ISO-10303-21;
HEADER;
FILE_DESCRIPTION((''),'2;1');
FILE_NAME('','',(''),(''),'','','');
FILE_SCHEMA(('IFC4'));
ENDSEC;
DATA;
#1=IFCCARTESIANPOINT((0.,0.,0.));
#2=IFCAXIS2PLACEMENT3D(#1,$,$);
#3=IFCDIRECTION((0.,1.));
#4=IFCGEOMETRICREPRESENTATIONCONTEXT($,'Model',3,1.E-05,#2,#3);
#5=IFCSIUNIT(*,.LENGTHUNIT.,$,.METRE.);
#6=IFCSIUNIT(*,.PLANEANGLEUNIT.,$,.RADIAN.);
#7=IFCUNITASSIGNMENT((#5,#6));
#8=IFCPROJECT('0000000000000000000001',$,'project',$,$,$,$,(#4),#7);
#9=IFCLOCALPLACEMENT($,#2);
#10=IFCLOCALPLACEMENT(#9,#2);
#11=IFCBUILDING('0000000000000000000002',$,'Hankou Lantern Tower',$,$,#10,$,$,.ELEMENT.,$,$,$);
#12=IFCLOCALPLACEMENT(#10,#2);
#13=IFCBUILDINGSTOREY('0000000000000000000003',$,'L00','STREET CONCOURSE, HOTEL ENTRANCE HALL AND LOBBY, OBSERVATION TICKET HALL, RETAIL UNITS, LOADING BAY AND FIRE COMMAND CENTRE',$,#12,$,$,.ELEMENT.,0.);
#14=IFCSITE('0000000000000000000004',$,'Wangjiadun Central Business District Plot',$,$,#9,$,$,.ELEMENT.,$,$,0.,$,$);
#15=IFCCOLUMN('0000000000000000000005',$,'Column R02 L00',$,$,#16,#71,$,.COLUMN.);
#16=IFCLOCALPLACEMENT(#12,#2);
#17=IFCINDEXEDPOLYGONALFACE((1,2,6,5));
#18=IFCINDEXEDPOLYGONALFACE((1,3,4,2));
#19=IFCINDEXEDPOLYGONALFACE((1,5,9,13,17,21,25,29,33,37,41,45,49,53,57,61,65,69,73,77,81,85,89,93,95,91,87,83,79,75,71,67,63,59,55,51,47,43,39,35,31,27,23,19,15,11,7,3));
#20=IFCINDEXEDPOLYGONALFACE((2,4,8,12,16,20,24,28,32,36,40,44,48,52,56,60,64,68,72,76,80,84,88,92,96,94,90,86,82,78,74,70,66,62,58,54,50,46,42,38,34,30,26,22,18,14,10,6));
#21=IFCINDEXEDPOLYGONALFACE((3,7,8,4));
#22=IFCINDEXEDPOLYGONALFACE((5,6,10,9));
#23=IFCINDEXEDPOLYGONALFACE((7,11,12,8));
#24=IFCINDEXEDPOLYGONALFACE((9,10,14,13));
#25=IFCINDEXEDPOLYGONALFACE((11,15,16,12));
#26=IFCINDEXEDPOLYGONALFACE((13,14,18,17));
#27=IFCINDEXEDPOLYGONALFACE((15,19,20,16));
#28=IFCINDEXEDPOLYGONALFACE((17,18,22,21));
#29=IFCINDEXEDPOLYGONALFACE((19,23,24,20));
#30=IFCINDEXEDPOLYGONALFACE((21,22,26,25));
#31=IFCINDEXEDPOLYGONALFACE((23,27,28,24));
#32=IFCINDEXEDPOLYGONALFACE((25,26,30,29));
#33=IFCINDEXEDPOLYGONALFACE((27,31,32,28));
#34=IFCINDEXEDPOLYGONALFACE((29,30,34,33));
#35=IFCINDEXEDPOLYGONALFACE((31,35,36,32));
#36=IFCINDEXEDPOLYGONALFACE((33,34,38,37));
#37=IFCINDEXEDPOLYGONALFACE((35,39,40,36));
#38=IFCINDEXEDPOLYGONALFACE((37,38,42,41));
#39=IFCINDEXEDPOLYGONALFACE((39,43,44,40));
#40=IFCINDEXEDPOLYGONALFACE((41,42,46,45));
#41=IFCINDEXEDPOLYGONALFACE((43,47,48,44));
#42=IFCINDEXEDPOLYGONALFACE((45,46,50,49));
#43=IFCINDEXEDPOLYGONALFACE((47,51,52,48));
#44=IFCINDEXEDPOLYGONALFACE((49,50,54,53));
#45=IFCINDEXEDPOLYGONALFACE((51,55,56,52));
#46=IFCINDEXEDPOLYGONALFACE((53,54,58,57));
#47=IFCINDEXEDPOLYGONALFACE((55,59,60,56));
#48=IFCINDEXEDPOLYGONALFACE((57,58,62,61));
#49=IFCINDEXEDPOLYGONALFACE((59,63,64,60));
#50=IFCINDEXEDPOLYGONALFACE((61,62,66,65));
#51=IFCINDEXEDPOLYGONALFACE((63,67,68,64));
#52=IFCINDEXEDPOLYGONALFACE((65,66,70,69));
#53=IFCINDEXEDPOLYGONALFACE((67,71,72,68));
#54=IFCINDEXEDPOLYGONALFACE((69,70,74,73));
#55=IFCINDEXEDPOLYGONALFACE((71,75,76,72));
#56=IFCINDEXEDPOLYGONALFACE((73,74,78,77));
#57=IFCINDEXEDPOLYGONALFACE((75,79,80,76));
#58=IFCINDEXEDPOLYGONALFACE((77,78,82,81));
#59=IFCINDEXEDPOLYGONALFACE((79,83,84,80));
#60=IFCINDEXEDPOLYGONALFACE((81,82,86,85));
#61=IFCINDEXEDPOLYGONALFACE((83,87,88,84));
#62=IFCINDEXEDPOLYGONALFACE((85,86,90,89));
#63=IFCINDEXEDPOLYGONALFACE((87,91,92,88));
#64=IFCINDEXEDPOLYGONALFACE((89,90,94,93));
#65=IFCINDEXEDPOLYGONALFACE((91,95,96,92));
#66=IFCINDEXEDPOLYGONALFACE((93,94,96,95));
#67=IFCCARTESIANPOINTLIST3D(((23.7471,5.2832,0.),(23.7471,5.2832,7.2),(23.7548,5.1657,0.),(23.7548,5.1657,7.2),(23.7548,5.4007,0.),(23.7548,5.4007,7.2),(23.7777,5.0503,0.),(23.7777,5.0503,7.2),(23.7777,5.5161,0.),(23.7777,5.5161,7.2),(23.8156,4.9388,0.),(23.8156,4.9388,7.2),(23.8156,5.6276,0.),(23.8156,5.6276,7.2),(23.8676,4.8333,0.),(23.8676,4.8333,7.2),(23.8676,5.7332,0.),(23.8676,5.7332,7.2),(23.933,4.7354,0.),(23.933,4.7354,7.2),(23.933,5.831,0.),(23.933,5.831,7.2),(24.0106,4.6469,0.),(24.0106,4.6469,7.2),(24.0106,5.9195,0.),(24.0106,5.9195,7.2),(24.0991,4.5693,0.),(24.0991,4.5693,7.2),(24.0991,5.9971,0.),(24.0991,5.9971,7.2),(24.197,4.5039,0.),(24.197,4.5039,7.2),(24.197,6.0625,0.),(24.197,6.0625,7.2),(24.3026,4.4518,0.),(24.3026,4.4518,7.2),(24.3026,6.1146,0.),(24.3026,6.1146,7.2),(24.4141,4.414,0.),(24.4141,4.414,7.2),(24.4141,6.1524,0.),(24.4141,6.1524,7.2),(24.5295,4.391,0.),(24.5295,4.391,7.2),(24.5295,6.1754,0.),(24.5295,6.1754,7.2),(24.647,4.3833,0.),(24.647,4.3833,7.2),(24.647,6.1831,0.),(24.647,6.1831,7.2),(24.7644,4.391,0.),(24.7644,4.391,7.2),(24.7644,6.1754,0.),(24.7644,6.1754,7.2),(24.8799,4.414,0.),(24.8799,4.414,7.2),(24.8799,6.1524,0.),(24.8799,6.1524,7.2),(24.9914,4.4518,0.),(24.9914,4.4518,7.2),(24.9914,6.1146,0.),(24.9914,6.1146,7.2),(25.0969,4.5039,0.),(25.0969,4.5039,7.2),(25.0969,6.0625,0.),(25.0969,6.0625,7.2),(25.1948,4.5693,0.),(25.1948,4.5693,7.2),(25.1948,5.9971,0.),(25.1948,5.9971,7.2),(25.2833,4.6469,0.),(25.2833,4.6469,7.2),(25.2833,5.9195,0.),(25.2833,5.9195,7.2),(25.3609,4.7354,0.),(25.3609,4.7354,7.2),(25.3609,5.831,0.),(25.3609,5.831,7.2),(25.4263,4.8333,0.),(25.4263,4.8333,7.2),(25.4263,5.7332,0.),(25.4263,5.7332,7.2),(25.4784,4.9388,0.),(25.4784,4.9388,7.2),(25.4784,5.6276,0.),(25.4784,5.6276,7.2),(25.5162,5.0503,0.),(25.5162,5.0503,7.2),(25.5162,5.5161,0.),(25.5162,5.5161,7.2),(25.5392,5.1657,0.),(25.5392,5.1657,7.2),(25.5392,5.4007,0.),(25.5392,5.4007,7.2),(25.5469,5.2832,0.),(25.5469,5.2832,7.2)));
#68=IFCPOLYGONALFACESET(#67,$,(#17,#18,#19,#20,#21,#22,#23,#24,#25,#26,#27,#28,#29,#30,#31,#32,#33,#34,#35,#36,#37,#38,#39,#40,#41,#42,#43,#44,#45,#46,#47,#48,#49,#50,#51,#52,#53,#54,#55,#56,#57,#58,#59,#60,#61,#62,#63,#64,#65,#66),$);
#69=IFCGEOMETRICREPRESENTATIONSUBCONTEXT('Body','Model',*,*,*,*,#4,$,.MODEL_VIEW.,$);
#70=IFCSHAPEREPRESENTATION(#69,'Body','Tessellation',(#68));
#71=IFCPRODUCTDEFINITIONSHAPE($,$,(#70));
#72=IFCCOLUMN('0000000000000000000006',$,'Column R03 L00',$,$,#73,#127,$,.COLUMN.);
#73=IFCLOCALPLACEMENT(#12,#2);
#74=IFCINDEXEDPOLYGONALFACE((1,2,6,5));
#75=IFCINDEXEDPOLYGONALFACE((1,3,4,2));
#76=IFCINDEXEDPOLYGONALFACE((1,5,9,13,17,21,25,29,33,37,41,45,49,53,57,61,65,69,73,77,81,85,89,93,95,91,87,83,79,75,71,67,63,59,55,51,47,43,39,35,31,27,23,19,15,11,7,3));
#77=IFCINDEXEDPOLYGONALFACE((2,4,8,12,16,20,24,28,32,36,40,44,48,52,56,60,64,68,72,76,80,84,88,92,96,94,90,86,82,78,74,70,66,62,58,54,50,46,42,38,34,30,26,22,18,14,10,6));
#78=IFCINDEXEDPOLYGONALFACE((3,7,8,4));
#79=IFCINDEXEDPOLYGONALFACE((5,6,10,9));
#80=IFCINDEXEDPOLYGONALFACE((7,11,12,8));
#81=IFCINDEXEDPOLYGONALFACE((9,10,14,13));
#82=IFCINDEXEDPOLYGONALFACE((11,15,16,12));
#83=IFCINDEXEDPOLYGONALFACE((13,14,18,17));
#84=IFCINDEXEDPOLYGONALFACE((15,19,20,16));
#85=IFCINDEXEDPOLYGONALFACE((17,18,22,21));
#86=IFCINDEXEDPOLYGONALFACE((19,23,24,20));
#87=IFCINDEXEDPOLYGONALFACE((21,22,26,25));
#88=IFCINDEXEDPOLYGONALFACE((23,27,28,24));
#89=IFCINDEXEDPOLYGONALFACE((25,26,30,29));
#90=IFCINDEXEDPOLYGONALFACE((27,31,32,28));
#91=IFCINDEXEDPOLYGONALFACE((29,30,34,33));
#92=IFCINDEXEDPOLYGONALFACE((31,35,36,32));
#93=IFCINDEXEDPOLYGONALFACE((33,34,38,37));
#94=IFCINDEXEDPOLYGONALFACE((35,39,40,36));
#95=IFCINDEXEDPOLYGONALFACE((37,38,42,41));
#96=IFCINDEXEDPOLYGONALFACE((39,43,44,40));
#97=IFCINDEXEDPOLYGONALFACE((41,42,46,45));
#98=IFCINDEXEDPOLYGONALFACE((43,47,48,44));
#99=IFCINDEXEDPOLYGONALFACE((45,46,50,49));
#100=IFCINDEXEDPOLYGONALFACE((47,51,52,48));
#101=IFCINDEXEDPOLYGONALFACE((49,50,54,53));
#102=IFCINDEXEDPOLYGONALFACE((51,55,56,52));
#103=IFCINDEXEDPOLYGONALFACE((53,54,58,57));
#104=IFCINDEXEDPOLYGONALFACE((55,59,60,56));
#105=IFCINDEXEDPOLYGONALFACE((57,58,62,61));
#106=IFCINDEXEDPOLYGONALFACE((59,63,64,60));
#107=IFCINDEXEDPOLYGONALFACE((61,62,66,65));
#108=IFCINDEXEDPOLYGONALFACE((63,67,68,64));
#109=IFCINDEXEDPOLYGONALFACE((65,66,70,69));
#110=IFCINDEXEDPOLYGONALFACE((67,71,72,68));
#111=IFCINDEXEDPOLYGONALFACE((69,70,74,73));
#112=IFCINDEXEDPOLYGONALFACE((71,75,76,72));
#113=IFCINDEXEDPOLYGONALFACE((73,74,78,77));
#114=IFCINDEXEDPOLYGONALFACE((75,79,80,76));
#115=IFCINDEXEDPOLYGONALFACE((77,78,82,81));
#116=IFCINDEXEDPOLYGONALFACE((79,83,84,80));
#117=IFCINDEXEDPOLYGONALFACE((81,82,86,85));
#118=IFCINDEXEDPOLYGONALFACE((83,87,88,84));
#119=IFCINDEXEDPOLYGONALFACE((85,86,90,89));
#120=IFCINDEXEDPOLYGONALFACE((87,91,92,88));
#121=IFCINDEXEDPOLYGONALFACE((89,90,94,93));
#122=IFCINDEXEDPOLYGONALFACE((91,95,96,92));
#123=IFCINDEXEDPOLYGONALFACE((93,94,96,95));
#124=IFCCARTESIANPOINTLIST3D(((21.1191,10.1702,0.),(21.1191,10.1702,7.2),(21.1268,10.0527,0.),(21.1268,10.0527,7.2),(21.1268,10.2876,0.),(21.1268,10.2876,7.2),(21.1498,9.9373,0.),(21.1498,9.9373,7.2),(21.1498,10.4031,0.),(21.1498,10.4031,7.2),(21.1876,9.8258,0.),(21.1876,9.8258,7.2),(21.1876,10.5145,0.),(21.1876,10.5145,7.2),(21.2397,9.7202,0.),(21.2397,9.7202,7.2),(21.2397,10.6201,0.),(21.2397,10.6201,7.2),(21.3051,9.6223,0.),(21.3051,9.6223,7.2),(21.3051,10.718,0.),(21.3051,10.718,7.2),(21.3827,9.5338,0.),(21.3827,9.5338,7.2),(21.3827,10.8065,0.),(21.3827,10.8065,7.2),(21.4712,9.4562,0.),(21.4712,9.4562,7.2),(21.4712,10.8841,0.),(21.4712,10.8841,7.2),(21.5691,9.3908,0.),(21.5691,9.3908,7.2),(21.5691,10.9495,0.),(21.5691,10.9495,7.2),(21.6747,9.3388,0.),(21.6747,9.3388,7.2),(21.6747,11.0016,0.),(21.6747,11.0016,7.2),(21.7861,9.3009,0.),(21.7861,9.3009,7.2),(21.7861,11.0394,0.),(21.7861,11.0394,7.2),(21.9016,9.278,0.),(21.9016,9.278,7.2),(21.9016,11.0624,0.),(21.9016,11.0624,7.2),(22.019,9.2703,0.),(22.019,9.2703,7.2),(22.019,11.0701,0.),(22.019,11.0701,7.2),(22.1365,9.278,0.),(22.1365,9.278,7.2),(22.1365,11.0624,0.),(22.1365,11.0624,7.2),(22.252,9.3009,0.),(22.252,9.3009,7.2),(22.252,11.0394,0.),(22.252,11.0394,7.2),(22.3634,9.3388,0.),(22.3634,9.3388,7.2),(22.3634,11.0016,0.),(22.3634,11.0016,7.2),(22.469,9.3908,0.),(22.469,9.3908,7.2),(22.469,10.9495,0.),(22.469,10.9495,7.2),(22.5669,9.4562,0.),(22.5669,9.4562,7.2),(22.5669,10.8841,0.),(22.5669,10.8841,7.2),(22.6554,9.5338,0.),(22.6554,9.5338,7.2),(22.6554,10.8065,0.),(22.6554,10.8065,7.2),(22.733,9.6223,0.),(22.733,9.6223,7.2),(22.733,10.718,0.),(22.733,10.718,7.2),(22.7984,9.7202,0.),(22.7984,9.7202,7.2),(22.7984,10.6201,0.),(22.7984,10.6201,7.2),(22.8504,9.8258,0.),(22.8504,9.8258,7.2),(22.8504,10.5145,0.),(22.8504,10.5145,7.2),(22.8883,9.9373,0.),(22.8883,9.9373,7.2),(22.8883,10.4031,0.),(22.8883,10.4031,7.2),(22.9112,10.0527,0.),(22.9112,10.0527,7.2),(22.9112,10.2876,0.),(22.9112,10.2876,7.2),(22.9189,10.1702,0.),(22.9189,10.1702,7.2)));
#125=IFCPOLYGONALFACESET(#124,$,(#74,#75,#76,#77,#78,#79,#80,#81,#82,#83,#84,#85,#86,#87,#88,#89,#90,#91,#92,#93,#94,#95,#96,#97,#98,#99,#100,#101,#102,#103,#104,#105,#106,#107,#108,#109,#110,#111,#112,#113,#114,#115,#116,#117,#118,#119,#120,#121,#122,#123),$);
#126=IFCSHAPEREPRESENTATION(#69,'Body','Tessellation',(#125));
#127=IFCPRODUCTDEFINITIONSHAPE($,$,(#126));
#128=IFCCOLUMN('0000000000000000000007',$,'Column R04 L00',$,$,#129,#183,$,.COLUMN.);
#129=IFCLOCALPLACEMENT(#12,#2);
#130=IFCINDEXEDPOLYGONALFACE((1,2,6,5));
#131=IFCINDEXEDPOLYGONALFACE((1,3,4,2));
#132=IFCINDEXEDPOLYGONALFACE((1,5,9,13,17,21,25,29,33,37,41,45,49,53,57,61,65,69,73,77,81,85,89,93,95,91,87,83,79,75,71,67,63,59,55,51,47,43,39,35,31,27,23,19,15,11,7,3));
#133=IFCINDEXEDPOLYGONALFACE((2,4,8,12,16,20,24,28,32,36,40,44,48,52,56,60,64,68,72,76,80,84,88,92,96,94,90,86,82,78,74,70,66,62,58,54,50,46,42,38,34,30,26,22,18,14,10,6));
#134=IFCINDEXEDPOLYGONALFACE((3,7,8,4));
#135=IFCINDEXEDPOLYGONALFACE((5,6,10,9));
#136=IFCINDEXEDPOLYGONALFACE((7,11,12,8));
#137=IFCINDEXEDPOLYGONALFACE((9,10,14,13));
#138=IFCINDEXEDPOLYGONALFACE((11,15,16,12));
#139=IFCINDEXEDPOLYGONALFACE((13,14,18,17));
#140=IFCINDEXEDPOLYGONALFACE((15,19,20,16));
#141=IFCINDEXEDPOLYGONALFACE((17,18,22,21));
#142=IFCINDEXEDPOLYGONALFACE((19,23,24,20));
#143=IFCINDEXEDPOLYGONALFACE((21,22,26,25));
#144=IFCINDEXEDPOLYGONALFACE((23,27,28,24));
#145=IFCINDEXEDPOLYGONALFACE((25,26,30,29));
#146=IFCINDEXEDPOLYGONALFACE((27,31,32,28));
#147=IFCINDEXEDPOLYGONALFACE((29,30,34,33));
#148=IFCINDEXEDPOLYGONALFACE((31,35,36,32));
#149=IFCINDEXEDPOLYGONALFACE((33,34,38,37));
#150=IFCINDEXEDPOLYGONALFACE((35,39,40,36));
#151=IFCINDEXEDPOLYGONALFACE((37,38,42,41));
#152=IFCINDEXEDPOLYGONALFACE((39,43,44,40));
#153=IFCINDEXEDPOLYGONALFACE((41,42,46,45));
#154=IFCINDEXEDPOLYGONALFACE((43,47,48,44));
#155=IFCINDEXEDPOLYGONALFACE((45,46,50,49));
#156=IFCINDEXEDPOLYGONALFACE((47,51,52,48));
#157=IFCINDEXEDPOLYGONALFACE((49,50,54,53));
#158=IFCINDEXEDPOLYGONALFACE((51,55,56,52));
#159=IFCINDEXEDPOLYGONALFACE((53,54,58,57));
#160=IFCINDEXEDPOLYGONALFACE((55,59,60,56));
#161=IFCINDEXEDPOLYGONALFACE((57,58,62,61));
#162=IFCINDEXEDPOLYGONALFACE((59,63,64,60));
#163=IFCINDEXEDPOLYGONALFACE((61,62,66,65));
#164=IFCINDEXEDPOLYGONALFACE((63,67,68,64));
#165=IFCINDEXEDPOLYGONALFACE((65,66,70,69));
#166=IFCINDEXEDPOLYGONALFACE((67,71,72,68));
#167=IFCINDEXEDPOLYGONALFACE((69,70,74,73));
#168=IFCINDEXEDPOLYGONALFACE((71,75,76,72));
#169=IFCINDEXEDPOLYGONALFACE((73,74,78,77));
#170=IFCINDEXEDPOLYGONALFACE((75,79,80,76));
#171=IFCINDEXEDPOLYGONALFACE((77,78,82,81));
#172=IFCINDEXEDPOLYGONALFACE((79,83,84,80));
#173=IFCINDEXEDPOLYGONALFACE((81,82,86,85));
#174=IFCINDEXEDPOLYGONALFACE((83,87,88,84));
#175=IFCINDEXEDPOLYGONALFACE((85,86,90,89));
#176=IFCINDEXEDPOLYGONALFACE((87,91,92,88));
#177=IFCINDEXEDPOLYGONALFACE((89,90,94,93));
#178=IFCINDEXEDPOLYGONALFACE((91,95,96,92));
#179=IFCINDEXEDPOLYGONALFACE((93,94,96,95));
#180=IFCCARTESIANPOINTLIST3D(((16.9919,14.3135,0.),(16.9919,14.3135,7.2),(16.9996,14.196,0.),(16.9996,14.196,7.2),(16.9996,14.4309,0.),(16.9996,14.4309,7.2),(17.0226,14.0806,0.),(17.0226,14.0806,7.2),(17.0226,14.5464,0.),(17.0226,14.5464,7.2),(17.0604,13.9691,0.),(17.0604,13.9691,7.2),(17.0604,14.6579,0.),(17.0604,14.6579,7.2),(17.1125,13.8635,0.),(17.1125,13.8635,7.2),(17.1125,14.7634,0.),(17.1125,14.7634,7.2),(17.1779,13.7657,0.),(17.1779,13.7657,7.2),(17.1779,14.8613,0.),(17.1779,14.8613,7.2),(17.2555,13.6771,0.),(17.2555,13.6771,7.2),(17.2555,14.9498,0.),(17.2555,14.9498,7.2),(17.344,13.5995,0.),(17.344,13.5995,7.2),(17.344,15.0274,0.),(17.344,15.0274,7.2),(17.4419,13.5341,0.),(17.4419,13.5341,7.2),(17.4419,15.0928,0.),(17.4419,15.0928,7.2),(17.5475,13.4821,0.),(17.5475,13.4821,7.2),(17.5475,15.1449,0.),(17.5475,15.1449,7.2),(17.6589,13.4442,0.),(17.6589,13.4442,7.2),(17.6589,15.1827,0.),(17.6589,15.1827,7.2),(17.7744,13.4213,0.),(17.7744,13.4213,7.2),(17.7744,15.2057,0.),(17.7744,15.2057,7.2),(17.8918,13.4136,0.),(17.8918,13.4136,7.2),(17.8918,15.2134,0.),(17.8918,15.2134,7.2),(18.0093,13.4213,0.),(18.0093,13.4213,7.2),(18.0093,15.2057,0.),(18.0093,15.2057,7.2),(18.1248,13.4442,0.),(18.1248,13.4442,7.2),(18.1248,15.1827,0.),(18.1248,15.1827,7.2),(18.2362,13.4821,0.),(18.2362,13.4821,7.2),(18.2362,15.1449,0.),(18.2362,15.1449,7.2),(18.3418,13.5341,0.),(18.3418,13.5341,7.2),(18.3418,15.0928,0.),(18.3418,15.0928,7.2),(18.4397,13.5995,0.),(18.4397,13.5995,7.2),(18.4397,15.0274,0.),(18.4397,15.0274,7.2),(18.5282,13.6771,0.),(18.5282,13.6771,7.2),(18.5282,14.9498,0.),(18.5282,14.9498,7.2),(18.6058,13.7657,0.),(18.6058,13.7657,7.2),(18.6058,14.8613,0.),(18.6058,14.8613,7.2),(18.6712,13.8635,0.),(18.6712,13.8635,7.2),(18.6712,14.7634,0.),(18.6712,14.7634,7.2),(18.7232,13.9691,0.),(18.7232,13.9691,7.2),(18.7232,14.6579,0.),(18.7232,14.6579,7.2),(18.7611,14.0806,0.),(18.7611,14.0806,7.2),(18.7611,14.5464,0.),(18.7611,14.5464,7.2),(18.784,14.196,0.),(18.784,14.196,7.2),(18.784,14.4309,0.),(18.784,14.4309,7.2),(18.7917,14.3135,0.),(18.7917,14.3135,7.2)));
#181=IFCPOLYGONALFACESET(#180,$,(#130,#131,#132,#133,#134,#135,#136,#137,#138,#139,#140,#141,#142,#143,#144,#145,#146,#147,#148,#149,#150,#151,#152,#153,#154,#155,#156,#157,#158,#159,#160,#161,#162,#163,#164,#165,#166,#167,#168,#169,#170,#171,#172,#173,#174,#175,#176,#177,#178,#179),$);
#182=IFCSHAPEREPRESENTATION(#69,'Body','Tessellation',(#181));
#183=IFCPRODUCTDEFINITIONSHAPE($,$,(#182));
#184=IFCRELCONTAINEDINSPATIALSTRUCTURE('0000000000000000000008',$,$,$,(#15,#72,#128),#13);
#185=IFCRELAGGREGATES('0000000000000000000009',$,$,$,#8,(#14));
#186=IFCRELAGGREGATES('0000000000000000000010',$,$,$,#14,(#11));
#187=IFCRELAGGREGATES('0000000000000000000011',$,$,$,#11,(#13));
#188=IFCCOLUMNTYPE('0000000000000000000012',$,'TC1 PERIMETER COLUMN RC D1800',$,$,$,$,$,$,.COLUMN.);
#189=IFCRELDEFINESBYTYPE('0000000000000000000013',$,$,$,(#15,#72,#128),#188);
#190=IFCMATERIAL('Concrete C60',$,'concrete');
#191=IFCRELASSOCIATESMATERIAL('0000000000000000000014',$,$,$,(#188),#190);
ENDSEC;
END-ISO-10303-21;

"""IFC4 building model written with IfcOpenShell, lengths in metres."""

from ifc_helpers import new_model, si_unit, direction, frame, origin, origin_2d, place, context, subcontext, project, spatial, circle, extrude, material, material_profile, profile_set, type_object, element, save


model = new_model("IFC4")

# Units and contexts
model_context = context("Model", 3, precision=1e-05, world=origin(), true_north=direction((0.0, 1.0)))
body_context = subcontext(model_context, "Body", "Model", "MODEL_VIEW")
ifc_project = project(units=[si_unit("LENGTHUNIT", "METRE"), si_unit("PLANEANGLEUNIT", "RADIAN")], contexts=[model_context])

# Site, building, storey
site_placement = place(None, origin())
site = spatial("IfcSite", under=ifc_project, at=site_placement, Name="Wangjiadun Central Business District Plot", CompositionType="ELEMENT", RefElevation=0.0)
building_placement = place(site_placement, origin())
building = spatial("IfcBuilding", under=site, at=building_placement, Name="Hankou Lantern Tower", CompositionType="ELEMENT")
storey_placement = place(building_placement, origin())
storey = spatial("IfcBuildingStorey", under=building, at=storey_placement, Name="L00", Description="STREET CONCOURSE, HOTEL ENTRANCE HALL AND LOBBY, OBSERVATION TICKET HALL, RETAIL UNITS, LOADING BAY AND FIRE COMMAND CENTRE", CompositionType="ELEMENT", Elevation=0.0)

# Columns
ifc_material_1 = material(Name="Concrete C60", Category="concrete")
ifc_material_profile_1 = material_profile(ifc_material_1, circle(Radius=0.8999, at=origin_2d()), Name="RC D1800")
ifc_profile_set_1 = profile_set([ifc_material_profile_1], Name="Concrete C60")
column_type = type_object("IfcColumnType", Name="TC1 PERIMETER COLUMN RC D1800", PredefinedType="COLUMN", material=ifc_profile_set_1)
for number, where, z_axis, x_axis, name in (
    (1, (24.647, 5.2832, 0.0), (0.0, 0.0, 1.0), (1.0, 0.0, 0.0), "Column R02 L00"),
    (2, (22.019, 10.1702, 0.0), (0.0, 0.0, 1.0), (1.0, 0.0, 0.0), "Column R03 L00"),
    (3, (17.8918, 14.3135, 0.0), (0.0, 0.0, 1.0), (1.0, 0.0, 0.0), "Column R04 L00"),
):
    element("IfcColumn", number, at=place(storey_placement, frame(where, z_axis=z_axis, x_axis=x_axis)), inside=storey, type_object=column_type, Name=name, PredefinedType="COLUMN", context=body_context, shape_type="SweptSolid", body=[
        extrude(circle(Radius=0.8999, at=origin_2d()), origin(), (0.0, 0.0, 1.0), 7.2),
    ])

save(model, "model.ifc")
